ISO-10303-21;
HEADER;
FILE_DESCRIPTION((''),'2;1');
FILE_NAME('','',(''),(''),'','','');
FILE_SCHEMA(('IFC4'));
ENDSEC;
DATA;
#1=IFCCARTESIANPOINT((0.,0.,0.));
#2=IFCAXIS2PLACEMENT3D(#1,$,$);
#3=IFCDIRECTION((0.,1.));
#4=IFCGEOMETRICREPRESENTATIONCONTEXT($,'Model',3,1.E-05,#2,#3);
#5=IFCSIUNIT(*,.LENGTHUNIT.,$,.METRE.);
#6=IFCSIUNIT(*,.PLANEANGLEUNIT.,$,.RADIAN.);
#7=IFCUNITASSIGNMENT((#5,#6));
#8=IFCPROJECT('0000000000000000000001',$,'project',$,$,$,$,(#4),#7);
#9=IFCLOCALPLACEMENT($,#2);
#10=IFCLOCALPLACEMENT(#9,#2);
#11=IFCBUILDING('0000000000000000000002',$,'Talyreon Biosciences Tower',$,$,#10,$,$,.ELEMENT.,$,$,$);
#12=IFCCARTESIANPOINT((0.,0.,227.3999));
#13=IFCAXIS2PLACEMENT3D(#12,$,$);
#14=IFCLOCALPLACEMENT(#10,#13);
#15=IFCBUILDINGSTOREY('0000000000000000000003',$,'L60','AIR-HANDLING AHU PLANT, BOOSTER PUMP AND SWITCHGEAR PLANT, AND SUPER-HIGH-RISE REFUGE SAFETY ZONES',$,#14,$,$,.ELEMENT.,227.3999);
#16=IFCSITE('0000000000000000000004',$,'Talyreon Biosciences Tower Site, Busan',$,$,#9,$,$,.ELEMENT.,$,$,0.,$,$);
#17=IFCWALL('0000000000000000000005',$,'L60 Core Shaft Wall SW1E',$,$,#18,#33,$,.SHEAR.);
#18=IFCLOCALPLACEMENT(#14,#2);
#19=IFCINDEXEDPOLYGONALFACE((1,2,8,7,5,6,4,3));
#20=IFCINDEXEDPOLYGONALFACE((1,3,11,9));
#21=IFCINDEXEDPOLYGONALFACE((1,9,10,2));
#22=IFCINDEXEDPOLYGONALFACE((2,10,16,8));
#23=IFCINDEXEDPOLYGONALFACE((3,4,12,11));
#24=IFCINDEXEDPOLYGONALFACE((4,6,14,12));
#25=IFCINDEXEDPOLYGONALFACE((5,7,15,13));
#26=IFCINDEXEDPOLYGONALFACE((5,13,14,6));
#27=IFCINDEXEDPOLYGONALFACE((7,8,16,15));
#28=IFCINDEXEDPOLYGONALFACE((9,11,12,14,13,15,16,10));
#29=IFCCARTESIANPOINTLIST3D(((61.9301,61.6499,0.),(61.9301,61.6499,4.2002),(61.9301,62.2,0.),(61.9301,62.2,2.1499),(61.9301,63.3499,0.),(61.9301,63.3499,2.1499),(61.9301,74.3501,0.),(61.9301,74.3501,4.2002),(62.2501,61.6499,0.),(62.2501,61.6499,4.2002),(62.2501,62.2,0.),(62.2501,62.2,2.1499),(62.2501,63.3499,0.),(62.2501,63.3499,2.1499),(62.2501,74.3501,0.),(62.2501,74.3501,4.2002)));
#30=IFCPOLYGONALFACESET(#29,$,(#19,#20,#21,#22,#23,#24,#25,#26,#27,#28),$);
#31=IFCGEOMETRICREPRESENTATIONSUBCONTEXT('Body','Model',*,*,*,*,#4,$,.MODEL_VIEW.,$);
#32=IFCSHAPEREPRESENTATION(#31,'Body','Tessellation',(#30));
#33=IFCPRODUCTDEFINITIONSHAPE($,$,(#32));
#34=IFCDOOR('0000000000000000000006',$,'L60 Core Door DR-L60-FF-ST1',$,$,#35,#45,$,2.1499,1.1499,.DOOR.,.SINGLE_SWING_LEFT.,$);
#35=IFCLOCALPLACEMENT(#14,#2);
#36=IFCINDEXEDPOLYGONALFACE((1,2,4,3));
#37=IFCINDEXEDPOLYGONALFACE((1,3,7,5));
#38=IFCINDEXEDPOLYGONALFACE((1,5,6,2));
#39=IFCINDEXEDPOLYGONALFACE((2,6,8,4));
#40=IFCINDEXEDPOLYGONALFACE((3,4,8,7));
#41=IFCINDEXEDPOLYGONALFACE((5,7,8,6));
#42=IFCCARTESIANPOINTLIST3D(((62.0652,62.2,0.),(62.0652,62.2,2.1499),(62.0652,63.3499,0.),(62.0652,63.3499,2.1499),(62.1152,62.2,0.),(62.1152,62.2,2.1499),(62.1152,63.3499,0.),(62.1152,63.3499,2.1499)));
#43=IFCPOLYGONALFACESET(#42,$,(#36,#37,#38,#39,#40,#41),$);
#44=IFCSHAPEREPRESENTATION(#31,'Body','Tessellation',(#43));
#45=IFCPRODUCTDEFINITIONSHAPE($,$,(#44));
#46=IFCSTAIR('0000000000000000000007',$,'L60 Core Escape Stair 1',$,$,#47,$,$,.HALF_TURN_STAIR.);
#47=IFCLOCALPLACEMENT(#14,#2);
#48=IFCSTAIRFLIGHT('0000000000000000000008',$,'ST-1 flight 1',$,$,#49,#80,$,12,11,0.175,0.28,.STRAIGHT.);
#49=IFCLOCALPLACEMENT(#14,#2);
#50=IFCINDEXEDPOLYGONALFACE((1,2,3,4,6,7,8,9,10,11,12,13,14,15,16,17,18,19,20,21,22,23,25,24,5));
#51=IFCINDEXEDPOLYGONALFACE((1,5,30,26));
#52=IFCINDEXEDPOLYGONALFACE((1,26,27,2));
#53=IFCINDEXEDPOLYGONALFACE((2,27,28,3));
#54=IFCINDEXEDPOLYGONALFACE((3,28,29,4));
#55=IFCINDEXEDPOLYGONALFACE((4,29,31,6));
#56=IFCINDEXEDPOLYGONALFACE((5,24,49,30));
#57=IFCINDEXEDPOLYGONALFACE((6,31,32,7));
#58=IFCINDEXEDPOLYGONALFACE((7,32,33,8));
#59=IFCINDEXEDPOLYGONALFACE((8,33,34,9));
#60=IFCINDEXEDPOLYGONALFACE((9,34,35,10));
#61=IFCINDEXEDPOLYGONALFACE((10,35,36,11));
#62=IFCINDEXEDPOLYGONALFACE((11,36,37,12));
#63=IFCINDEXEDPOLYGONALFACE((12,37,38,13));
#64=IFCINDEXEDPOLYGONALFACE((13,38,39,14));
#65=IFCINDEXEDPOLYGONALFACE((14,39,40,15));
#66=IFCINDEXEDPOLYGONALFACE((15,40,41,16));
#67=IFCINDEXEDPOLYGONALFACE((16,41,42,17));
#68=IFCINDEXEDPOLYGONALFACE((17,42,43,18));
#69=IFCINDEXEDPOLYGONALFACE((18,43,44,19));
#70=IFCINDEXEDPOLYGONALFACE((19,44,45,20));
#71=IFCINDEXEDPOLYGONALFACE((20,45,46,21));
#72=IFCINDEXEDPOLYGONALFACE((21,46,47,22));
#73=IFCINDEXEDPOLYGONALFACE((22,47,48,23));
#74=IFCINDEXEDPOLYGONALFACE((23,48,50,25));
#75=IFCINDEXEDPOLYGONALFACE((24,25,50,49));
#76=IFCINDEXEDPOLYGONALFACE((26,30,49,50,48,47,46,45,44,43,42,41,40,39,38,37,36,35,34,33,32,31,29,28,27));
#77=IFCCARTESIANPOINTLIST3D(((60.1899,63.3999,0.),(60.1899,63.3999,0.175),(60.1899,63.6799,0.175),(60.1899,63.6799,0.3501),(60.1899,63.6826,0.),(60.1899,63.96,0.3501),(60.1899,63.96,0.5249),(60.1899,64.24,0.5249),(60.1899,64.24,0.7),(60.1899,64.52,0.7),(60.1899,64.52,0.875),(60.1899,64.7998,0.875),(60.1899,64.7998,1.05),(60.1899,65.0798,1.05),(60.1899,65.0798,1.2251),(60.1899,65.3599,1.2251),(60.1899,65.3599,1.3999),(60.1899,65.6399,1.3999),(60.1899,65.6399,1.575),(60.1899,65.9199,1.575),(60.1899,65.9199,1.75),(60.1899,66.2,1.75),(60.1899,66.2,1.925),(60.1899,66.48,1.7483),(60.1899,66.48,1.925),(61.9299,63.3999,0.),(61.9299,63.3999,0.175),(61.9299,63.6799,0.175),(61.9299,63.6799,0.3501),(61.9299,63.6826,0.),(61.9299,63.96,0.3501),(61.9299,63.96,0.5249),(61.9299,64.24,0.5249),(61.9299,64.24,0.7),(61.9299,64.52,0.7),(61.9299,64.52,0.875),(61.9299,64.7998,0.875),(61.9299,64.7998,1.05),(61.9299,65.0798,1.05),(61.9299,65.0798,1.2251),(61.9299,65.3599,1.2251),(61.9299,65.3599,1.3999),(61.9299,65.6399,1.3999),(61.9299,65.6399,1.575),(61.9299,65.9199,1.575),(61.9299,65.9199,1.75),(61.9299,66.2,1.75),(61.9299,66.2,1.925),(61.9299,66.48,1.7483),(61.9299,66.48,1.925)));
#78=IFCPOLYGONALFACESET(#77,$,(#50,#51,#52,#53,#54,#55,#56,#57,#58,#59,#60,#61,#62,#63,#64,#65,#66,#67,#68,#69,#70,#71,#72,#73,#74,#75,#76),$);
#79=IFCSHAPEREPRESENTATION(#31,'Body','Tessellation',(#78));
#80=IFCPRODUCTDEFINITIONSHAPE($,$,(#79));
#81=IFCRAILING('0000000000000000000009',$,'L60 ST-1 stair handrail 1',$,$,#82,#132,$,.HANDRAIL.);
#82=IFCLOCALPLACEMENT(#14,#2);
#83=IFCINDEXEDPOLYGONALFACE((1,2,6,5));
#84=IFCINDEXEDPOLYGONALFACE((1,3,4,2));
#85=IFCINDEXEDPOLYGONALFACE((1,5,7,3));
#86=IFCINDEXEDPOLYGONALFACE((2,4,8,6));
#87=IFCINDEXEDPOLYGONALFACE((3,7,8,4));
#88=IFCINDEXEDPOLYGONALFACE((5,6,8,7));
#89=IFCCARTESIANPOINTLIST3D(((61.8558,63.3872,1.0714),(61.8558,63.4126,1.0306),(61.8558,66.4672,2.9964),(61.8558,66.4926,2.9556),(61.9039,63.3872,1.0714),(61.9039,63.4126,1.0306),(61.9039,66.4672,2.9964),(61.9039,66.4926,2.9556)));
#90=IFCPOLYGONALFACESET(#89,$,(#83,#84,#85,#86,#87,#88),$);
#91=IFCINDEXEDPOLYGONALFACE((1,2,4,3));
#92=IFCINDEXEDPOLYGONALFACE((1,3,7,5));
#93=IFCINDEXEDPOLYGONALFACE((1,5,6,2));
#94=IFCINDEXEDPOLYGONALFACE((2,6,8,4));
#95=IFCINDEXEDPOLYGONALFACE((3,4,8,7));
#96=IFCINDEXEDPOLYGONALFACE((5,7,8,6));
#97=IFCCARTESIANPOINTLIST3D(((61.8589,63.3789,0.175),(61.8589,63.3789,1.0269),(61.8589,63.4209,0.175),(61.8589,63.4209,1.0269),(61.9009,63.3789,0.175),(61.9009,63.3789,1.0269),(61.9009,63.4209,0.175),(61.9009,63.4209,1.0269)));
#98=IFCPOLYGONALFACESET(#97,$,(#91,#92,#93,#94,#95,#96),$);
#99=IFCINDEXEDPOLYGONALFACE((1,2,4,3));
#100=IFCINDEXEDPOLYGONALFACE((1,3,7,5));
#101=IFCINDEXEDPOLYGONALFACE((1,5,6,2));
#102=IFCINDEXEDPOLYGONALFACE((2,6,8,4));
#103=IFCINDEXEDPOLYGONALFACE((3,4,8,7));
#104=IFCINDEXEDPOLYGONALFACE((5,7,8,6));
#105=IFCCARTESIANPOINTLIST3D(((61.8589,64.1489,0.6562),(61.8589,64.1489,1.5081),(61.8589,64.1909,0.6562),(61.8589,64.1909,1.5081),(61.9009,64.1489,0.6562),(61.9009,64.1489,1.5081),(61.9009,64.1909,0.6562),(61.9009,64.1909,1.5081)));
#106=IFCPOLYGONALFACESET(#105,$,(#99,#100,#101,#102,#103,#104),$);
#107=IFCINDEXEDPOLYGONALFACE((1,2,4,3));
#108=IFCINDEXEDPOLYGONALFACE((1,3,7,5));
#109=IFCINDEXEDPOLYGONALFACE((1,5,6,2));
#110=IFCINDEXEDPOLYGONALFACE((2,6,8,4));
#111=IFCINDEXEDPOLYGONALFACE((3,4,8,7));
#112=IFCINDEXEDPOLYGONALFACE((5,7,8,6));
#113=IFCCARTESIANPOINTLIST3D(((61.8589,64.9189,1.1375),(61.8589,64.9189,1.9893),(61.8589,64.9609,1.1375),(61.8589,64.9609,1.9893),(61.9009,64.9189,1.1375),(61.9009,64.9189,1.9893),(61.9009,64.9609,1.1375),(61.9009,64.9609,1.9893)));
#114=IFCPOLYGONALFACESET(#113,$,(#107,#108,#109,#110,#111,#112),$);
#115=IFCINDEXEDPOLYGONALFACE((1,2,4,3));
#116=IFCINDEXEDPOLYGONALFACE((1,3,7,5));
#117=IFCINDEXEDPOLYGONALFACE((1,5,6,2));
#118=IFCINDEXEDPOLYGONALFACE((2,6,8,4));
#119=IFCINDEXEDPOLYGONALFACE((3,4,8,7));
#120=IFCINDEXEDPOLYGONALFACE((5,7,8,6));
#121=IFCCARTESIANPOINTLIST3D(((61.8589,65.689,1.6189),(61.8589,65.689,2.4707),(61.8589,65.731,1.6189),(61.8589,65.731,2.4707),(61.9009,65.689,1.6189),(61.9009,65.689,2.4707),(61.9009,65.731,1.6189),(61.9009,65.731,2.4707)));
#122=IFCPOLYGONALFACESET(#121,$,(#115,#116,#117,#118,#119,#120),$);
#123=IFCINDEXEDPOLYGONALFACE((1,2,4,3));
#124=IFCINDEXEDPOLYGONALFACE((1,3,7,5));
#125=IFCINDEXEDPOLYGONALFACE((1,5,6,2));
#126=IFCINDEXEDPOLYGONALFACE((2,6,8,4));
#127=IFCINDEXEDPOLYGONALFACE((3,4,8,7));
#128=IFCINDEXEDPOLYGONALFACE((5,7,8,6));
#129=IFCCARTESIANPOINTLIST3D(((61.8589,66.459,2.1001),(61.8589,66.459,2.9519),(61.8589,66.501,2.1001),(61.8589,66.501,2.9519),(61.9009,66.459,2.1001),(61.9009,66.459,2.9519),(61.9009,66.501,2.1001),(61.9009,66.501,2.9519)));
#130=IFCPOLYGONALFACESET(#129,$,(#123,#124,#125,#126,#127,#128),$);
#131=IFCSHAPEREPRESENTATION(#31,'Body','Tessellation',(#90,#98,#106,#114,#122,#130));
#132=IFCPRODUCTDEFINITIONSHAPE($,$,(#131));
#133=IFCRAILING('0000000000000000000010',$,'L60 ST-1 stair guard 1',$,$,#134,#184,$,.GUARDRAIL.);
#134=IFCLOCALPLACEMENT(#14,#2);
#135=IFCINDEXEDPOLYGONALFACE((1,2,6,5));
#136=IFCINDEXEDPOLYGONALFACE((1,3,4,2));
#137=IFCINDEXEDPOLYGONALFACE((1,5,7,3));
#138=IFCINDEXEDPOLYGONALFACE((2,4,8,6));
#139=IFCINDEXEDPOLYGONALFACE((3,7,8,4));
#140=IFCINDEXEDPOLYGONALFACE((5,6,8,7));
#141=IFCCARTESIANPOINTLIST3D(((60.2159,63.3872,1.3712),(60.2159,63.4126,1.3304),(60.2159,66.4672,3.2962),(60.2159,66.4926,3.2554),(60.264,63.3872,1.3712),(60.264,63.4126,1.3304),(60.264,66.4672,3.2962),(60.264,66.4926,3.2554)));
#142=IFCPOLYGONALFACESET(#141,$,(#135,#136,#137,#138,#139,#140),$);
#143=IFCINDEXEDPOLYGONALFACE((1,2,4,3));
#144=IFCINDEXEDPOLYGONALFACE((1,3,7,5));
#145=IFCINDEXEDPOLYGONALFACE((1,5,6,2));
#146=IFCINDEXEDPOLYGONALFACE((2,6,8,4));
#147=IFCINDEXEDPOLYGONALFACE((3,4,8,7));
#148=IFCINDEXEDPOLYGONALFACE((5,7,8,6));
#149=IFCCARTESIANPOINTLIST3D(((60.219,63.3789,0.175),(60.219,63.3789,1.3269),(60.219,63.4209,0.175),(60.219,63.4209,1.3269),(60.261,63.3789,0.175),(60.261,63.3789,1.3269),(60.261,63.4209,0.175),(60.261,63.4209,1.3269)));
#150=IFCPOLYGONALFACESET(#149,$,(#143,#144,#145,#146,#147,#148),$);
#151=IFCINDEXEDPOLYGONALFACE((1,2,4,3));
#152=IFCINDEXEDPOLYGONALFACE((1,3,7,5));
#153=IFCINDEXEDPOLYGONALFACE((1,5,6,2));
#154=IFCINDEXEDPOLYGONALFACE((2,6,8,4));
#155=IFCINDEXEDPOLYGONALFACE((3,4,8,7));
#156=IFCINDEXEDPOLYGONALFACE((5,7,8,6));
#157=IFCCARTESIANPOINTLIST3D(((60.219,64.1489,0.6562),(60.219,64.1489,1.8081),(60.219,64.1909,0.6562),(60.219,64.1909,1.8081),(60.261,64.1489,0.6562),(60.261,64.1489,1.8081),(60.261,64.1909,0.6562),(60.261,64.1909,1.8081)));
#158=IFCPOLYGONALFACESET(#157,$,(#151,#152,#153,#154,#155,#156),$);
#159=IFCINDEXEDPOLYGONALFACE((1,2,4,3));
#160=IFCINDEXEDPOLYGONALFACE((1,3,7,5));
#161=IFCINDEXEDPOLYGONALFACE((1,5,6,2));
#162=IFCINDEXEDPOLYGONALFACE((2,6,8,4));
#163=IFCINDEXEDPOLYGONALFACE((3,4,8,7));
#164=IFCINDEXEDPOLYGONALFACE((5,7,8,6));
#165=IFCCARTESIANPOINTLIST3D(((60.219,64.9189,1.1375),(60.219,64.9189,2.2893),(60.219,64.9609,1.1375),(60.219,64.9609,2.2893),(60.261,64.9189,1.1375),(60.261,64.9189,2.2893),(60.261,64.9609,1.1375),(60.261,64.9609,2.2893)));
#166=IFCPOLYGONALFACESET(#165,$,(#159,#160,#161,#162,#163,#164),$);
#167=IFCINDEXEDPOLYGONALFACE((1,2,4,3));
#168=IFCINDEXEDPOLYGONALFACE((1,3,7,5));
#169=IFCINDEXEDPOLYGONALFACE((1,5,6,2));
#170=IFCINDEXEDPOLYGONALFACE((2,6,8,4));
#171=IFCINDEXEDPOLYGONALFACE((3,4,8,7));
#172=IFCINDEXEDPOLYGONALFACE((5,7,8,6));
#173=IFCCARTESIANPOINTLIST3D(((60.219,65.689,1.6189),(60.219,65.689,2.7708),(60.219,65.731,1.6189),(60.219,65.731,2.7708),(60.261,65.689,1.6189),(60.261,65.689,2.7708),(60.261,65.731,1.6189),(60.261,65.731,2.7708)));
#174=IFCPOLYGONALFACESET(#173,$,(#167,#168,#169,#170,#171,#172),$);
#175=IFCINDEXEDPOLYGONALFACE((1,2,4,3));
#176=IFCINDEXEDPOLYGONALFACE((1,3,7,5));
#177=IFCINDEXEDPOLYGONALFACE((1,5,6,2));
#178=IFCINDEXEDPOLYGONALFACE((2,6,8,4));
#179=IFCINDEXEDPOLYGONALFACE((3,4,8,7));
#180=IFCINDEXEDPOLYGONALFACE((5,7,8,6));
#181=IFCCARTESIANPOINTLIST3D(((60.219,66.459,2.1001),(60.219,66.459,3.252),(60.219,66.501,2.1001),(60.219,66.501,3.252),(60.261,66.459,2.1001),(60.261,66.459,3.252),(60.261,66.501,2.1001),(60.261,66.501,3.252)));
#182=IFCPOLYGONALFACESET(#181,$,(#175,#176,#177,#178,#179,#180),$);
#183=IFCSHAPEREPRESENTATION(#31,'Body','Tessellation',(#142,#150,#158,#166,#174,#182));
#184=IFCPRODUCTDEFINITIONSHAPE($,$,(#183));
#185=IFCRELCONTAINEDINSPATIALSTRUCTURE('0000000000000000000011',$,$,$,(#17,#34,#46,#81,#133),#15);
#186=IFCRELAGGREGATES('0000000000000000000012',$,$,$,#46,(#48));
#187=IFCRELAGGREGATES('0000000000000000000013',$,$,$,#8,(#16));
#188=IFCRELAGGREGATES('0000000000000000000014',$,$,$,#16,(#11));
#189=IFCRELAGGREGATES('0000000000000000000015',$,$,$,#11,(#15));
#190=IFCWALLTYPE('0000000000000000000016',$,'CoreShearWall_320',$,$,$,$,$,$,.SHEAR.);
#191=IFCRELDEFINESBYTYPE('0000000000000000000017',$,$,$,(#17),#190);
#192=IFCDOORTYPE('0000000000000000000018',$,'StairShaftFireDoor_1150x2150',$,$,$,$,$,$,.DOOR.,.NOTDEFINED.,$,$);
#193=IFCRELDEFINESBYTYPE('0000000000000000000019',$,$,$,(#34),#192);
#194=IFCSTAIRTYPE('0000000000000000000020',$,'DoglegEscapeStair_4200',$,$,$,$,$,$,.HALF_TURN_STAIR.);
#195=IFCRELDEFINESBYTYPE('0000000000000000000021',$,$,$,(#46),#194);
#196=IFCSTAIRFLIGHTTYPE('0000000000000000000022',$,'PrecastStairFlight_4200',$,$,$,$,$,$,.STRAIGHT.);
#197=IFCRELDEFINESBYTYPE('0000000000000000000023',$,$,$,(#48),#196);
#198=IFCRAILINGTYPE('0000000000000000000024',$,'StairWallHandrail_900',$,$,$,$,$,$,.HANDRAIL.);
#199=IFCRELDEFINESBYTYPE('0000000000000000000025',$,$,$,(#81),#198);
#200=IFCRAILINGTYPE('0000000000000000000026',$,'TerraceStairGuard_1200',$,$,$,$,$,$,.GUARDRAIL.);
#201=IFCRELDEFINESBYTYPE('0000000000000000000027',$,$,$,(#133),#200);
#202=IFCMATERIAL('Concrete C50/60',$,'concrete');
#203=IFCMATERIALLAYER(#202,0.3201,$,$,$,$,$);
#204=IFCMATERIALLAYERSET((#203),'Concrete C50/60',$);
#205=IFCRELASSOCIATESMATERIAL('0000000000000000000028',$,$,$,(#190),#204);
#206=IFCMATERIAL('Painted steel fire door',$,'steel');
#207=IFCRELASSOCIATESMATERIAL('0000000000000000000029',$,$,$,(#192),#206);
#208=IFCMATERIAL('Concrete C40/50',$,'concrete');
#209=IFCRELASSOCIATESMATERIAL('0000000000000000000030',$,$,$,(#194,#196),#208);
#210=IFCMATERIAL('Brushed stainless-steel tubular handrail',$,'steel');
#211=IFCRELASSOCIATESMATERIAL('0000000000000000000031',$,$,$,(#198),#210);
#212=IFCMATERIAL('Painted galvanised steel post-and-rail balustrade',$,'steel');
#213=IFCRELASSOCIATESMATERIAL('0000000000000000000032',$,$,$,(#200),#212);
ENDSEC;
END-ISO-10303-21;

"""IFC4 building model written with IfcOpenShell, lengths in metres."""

from ifc_helpers import new_model, si_unit, direction, frame, frame_2d, origin, origin_2d, place, context, subcontext, project, spatial, polyline, rectangle, outline, extrude, material, layer, layer_set, type_object, element, fill, aggregate, save


model = new_model("IFC4")

# Units and contexts
model_context = context("Model", 3, precision=1e-05, world=origin(), true_north=direction((0.0, 1.0)))
body_context = subcontext(model_context, "Body", "Model", "MODEL_VIEW")
ifc_project = project(units=[si_unit("LENGTHUNIT", "METRE"), si_unit("PLANEANGLEUNIT", "RADIAN")], contexts=[model_context])

# Site, building, storey
site_placement = place(None, origin())
site = spatial("IfcSite", under=ifc_project, at=site_placement, Name="Talyreon Biosciences Tower Site, Busan", CompositionType="ELEMENT", RefElevation=0.0)
building_placement = place(site_placement, origin())
building = spatial("IfcBuilding", under=site, at=building_placement, Name="Talyreon Biosciences Tower", CompositionType="ELEMENT")
storey_placement = place(building_placement, frame((0.0, 0.0, 227.3999)))
storey = spatial("IfcBuildingStorey", under=building, at=storey_placement, Name="L60", Description="AIR-HANDLING AHU PLANT, BOOSTER PUMP AND SWITCHGEAR PLANT, AND SUPER-HIGH-RISE REFUGE SAFETY ZONES", CompositionType="ELEMENT", Elevation=227.3999)

# Shared definitions
ifc_material_1 = material(Name="Concrete C50/60", Category="concrete")

# Wall, opening, door
ifc_layer_1 = layer(ifc_material_1, 0.3201)
ifc_layer_set_1 = layer_set([ifc_layer_1], Name="Concrete C50/60")
wall_type_1 = type_object("IfcWallType", Name="CoreShearWall_320", PredefinedType="SHEAR", material=ifc_layer_set_1)
wall_1_placement = place(storey_placement, frame((62.0901, 61.6499, 0.0), z_axis=(0.0, 0.0, 1.0), x_axis=(0.0, 1.0, 0.0)))
wall_1 = element("IfcWall", 1, at=wall_1_placement, inside=storey, type_object=wall_type_1, Name="L60 Core Shaft Wall SW1E", PredefinedType="SHEAR", context=body_context, shape_type="SweptSolid", body=[
    extrude(rectangle(XDim=12.7002, YDim=0.3201, at=frame_2d((6.3501, 0.0))), origin(), (0.0, 0.0, 1.0), 4.2002),
])
opening_1_placement = place(wall_1_placement, frame((0.55, 0.0, 0.0)))
opening_1 = element("IfcOpeningElement", 2, at=opening_1_placement, cuts=wall_1, PredefinedType="OPENING", context=body_context, shape_type="SweptSolid", body=[
    extrude(rectangle(XDim=1.1499, YDim=2.1499, at=frame_2d((0.575, 1.075))), frame((0.0, 0.1699, 0.0), z_axis=(0.0, -1.0, 0.0), x_axis=(1.0, 0.0, 0.0)), (0.0, 0.0, 1.0), 0.3401),
])
ifc_material_2 = material(Name="Painted steel fire door", Category="steel")
door_type_1 = type_object("IfcDoorType", Name="StairShaftFireDoor_1150x2150", OperationType="NOTDEFINED", PredefinedType="DOOR", material=ifc_material_2)
door_1_placement = place(opening_1_placement, origin())
door_1 = element("IfcDoor", 3, at=door_1_placement, inside=storey, type_object=door_type_1, Name="L60 Core Door DR-L60-FF-ST1", OperationType="SINGLE_SWING_LEFT", OverallHeight=2.1499, OverallWidth=1.1499, PredefinedType="DOOR", context=body_context, shape_type="SweptSolid", body=[
    extrude(rectangle(XDim=1.1499, YDim=2.1499, at=frame_2d((0.575, 1.075))), frame((0.0, 0.0249, 0.0), z_axis=(0.0, -1.0, 0.0), x_axis=(1.0, 0.0, 0.0)), (0.0, 0.0, 1.0), 0.05),
])
fill(opening_1, door_1)

# Stair, stair flight
ifc_material_3 = material(Name="Concrete C40/50", Category="concrete")
stair_type = type_object("IfcStairType", Name="DoglegEscapeStair_4200", PredefinedType="HALF_TURN_STAIR", material=ifc_material_3)
stair_placement = place(storey_placement, origin())
stair = element("IfcStair", 4, at=stair_placement, inside=storey, type_object=stair_type, Name="L60 Core Escape Stair 1", PredefinedType="HALF_TURN_STAIR")
stair_flight_type = type_object("IfcStairFlightType", Name="PrecastStairFlight_4200", PredefinedType="STRAIGHT", material=ifc_material_3)
stair_flight_placement = place(storey_placement, frame((61.0601, 63.3999, 0.0), z_axis=(0.0, 0.0, 1.0), x_axis=(0.0, 1.0, 0.0)))
stair_flight = element("IfcStairFlight", 5, at=stair_flight_placement, type_object=stair_flight_type, Name="ST-1 flight 1", NumberOfRisers=12, NumberOfTreads=11, PredefinedType="STRAIGHT", RiserHeight=0.175, TreadLength=0.28, context=body_context, shape_type="SweptSolid", body=[
    extrude(outline(polyline([(0.0, 0.0), (0.0, 0.175), (0.28, 0.175), (0.28, 0.3501), (0.5601, 0.3501), (0.5601, 0.5249), (0.8401, 0.5249), (0.8401, 0.7), (1.1201, 0.7), (1.1201, 0.875), (1.3999, 0.875), (1.3999, 1.05), (1.6799, 1.05), (1.6799, 1.2251), (1.96, 1.2251), (1.96, 1.3999), (2.24, 1.3999), (2.24, 1.575), (2.52, 1.575), (2.52, 1.75), (2.8, 1.75), (2.8, 1.925), (3.0801, 1.925), (3.0801, 2.1001), (3.0801, 1.7483), (0.2827, 0.0), (0.0, 0.0)])), frame((0.0, 0.8701, 0.0), z_axis=(0.0, -1.0, 0.0), x_axis=(1.0, 0.0, 0.0)), (0.0, 0.0, 1.0), 1.74),
])
aggregate(stair, [stair_flight])

# Railings
ifc_material_4 = material(Name="Brushed stainless-steel tubular handrail", Category="steel")
railing_type_1 = type_object("IfcRailingType", Name="StairWallHandrail_900", PredefinedType="HANDRAIL", material=ifc_material_4)
railing_1_placement = place(storey_placement, frame((61.8799, 63.3999, 0.175)))
element("IfcRailing", 6, at=railing_1_placement, inside=storey, type_object=railing_type_1, Name="L60 ST-1 stair handrail 1", PredefinedType="HANDRAIL", context=body_context, shape_type="SweptSolid", body=[
    extrude(rectangle(XDim=0.0481, YDim=0.0481, at=origin_2d()), frame((0.0, 0.0, 0.876), z_axis=(0.0, 0.847998, 0.529999), x_axis=(-1.0, 0.0, 0.0)), (0.0, 0.0, 1.0), 3.6321),
    extrude(rectangle(XDim=0.042, YDim=0.042, at=origin_2d()), origin(), (0.0, 0.0, 1.0), 0.8518),
    extrude(rectangle(XDim=0.042, YDim=0.042, at=origin_2d()), frame((0.0, 0.77, 0.4812)), (0.0, 0.0, 1.0), 0.8518),
    extrude(rectangle(XDim=0.042, YDim=0.042, at=origin_2d()), frame((0.0, 1.54, 0.9624)), (0.0, 0.0, 1.0), 0.8518),
    extrude(rectangle(XDim=0.042, YDim=0.042, at=origin_2d()), frame((0.0, 2.3101, 1.4438)), (0.0, 0.0, 1.0), 0.8518),
    extrude(rectangle(XDim=0.042, YDim=0.042, at=origin_2d()), frame((0.0, 3.0801, 1.925)), (0.0, 0.0, 1.0), 0.8518),
])
ifc_material_5 = material(Name="Painted galvanised steel post-and-rail balustrade", Category="steel")
railing_type_2 = type_object("IfcRailingType", Name="TerraceStairGuard_1200", PredefinedType="GUARDRAIL", material=ifc_material_5)
railing_2_placement = place(storey_placement, frame((60.24, 63.3999, 0.175)))
element("IfcRailing", 7, at=railing_2_placement, inside=storey, type_object=railing_type_2, Name="L60 ST-1 stair guard 1", PredefinedType="GUARDRAIL", context=body_context, shape_type="SweptSolid", body=[
    extrude(rectangle(XDim=0.0481, YDim=0.0481, at=origin_2d()), frame((0.0, 0.0, 1.1758), z_axis=(0.0, 0.847998, 0.529999), x_axis=(-1.0, 0.0, 0.0)), (0.0, 0.0, 1.0), 3.6321),
    extrude(rectangle(XDim=0.042, YDim=0.042, at=origin_2d()), origin(), (0.0, 0.0, 1.0), 1.1519),
    extrude(rectangle(XDim=0.042, YDim=0.042, at=origin_2d()), frame((0.0, 0.77, 0.4812)), (0.0, 0.0, 1.0), 1.1519),
    extrude(rectangle(XDim=0.042, YDim=0.042, at=origin_2d()), frame((0.0, 1.54, 0.9624)), (0.0, 0.0, 1.0), 1.1519),
    extrude(rectangle(XDim=0.042, YDim=0.042, at=origin_2d()), frame((0.0, 2.3101, 1.4438)), (0.0, 0.0, 1.0), 1.1519),
    extrude(rectangle(XDim=0.042, YDim=0.042, at=origin_2d()), frame((0.0, 3.0801, 1.925)), (0.0, 0.0, 1.0), 1.1519),
])

save(model, "model.ifc")
